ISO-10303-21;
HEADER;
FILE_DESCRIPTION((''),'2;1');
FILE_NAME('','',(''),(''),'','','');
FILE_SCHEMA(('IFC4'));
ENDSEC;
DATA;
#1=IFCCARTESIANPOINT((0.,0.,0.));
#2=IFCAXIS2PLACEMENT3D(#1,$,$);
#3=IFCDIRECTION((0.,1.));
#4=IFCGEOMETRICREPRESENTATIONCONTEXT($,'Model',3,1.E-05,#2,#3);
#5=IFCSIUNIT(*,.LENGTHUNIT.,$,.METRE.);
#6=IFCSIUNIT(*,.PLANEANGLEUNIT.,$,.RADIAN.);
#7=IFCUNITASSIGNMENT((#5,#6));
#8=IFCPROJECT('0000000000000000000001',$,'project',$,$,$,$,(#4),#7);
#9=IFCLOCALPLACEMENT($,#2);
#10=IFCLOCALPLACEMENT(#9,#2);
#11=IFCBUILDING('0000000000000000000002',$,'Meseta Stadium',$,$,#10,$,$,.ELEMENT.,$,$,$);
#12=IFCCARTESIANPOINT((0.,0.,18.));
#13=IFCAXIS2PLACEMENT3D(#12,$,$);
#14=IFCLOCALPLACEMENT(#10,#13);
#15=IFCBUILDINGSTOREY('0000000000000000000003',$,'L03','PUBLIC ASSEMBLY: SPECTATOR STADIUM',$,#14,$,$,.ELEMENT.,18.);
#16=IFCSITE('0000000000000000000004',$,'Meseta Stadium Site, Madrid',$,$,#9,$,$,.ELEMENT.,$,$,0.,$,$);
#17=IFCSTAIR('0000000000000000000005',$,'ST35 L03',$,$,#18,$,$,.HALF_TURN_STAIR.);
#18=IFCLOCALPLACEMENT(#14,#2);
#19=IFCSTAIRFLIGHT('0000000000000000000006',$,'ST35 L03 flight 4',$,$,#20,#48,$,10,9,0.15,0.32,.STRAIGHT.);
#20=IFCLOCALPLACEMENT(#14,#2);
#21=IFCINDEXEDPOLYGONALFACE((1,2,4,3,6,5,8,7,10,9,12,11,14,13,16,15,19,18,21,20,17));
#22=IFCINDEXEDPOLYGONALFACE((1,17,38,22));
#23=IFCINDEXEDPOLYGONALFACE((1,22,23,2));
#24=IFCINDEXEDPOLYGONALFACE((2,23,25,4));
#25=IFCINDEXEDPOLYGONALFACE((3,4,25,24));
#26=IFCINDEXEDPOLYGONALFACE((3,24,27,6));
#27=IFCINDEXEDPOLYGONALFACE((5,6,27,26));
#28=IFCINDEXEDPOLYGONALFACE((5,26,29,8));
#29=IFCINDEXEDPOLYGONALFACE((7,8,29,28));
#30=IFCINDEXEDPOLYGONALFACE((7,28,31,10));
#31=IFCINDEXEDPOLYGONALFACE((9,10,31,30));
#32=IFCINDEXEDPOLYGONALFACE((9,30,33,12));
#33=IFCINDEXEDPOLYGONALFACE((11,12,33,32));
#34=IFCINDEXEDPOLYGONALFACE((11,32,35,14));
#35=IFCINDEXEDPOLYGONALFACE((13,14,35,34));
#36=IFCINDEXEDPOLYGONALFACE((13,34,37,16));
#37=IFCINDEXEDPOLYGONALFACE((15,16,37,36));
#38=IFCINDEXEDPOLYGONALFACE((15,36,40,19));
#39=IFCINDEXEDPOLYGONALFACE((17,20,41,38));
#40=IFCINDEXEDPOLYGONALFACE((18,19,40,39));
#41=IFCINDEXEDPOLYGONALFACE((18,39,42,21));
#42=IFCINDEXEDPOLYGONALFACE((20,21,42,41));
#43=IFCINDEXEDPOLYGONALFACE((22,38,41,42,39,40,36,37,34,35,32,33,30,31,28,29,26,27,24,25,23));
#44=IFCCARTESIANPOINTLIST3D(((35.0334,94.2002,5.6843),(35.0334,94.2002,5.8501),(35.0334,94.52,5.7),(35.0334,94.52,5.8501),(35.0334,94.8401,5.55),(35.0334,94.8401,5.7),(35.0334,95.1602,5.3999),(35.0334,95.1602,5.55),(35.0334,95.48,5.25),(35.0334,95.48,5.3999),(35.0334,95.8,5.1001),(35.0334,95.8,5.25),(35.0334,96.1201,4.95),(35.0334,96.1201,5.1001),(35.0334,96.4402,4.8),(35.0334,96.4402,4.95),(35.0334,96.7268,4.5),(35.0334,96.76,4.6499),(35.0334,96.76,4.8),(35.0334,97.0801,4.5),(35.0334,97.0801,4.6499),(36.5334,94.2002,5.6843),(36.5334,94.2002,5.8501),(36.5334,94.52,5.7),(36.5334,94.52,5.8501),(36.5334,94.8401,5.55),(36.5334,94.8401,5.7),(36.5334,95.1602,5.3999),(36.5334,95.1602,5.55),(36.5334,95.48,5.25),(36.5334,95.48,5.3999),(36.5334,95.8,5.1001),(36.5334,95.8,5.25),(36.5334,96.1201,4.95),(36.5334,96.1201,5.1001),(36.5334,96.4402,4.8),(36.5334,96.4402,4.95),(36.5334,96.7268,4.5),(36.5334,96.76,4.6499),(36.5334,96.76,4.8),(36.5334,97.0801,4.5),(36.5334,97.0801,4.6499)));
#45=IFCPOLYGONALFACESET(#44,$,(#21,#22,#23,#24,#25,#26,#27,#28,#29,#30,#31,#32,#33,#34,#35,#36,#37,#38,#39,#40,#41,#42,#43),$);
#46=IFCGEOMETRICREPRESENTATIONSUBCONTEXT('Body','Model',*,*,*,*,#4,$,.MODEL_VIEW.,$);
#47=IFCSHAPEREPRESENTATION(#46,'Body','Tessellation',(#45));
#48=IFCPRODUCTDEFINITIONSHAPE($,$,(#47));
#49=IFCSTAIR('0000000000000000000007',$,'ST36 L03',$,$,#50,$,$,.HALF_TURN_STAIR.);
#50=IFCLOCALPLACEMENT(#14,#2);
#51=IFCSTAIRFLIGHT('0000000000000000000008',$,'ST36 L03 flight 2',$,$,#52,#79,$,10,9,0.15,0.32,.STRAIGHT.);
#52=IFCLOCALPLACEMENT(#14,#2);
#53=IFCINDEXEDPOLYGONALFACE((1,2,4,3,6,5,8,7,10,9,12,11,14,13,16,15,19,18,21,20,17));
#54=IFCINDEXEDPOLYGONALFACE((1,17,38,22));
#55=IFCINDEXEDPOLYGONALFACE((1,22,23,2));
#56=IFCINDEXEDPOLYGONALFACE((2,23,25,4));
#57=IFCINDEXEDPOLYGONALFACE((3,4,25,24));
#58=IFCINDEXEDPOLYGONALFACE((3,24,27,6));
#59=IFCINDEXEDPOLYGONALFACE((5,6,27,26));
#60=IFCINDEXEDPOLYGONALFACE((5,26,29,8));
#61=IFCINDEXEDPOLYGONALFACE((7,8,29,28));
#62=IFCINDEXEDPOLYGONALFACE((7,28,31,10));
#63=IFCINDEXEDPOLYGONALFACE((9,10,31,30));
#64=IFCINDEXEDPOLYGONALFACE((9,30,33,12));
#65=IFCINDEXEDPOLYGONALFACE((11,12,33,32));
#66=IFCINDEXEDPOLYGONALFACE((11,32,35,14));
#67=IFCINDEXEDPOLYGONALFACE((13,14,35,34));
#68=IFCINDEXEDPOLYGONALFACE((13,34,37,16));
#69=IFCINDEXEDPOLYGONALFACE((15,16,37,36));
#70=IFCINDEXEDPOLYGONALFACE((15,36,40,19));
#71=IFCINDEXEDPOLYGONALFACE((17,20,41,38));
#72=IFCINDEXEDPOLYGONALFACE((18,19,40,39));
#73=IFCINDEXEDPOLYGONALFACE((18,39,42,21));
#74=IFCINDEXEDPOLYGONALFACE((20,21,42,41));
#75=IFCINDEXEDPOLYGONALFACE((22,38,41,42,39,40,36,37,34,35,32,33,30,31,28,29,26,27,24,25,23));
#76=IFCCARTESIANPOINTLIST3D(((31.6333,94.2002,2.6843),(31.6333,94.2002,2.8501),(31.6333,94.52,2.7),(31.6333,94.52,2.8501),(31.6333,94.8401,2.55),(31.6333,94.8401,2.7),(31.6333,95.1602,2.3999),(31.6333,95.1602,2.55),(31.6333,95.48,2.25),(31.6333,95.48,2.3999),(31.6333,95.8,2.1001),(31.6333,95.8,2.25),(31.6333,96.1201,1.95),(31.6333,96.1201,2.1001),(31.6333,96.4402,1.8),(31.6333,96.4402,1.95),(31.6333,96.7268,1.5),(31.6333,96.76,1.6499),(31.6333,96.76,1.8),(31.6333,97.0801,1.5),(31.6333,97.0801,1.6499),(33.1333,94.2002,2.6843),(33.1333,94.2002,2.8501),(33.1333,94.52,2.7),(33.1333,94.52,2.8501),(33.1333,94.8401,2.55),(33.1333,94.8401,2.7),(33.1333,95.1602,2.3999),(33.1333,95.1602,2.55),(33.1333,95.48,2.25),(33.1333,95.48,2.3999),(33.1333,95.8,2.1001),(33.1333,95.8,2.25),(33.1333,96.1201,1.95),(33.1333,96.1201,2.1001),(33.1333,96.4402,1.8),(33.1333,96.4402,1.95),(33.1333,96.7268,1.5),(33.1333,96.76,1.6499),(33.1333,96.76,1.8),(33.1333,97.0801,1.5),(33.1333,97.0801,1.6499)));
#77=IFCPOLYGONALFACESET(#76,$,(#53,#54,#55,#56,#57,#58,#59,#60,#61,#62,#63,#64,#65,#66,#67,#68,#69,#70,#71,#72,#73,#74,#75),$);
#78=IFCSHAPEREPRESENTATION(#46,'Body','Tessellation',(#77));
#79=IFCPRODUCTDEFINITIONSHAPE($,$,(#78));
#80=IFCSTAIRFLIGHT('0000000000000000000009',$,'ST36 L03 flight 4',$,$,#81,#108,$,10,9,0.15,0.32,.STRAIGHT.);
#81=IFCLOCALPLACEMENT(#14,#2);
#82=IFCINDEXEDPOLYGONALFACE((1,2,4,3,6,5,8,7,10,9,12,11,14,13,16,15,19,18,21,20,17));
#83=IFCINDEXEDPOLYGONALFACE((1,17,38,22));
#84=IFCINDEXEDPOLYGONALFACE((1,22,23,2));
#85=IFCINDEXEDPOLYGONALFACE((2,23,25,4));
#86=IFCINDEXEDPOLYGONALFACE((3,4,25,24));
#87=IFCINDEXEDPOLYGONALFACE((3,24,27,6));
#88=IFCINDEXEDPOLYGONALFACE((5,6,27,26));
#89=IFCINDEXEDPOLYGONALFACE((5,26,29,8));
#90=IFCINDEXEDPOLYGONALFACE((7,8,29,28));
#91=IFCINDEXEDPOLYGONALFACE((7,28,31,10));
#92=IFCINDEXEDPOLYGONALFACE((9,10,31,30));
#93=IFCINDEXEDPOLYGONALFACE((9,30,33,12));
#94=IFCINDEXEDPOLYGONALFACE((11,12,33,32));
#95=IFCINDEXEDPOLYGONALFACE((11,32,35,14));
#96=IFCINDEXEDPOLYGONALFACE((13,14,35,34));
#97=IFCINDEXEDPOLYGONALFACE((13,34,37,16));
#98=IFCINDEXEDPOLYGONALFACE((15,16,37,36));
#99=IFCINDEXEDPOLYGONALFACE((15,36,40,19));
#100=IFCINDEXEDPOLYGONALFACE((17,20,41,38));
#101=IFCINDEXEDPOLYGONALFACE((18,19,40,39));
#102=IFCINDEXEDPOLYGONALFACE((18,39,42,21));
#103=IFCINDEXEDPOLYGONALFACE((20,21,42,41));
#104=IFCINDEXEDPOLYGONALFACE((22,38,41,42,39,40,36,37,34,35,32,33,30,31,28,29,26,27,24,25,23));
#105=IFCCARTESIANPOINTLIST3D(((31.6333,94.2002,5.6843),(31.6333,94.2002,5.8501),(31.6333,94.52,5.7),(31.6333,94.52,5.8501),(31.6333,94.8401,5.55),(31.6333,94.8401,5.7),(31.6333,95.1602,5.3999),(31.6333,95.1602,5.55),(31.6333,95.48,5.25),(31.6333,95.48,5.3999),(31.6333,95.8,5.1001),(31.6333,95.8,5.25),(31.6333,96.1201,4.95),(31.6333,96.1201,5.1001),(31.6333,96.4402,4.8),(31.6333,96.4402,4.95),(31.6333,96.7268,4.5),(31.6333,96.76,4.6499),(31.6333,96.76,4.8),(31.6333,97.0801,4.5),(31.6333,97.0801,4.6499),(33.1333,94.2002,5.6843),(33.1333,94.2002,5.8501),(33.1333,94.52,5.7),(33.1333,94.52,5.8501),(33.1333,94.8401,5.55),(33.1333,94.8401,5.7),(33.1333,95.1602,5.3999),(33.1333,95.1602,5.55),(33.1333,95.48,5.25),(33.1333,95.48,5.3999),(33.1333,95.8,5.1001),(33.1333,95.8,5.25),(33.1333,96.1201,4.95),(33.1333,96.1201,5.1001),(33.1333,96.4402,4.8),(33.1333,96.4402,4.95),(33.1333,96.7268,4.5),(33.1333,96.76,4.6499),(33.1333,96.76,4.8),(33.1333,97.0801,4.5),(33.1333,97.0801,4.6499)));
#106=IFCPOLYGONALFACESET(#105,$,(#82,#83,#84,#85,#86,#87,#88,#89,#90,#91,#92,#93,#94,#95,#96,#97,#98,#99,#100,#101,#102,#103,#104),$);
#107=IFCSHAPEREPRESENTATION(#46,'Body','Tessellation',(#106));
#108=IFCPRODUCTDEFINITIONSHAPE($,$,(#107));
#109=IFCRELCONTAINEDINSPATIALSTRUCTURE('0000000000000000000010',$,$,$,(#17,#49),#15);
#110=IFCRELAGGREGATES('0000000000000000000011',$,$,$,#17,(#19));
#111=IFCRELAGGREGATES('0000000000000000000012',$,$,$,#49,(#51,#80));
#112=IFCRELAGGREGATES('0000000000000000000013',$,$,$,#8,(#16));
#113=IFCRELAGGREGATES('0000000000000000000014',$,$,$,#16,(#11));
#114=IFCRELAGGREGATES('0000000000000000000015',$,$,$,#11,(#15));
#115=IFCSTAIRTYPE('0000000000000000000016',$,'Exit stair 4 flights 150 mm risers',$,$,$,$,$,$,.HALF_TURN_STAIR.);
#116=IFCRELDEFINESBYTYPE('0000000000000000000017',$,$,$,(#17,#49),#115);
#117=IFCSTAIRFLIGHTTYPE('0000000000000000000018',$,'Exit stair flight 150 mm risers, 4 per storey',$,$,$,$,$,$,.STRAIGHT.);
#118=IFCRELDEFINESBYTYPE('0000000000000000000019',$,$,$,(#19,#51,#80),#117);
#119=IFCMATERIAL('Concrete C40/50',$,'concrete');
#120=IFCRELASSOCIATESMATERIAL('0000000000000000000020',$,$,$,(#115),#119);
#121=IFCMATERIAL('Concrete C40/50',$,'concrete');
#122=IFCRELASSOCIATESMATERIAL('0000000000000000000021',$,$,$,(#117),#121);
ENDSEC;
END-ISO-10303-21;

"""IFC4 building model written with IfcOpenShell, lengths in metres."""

from ifc_helpers import new_model, si_unit, direction, frame, origin, place, context, subcontext, project, spatial, polyline, outline, extrude, material, type_object, element, aggregate, save


model = new_model("IFC4")

# Units and contexts
model_context = context("Model", 3, precision=1e-05, world=origin(), true_north=direction((0.0, 1.0)))
body_context = subcontext(model_context, "Body", "Model", "MODEL_VIEW")
ifc_project = project(units=[si_unit("LENGTHUNIT", "METRE"), si_unit("PLANEANGLEUNIT", "RADIAN")], contexts=[model_context])

# Site, building, storey
site_placement = place(None, origin())
site = spatial("IfcSite", under=ifc_project, at=site_placement, Name="Meseta Stadium Site, Madrid", CompositionType="ELEMENT", RefElevation=0.0)
building_placement = place(site_placement, origin())
building = spatial("IfcBuilding", under=site, at=building_placement, Name="Meseta Stadium", CompositionType="ELEMENT")
storey_placement = place(building_placement, frame((0.0, 0.0, 18.0)))
storey = spatial("IfcBuildingStorey", under=building, at=storey_placement, Name="L03", Description="PUBLIC ASSEMBLY: SPECTATOR STADIUM", CompositionType="ELEMENT", Elevation=18.0)

# Stairs, stair flights
ifc_material_1 = material(Name="Concrete C40/50", Category="concrete")
stair_type = type_object("IfcStairType", Name="Exit stair 4 flights 150 mm risers", PredefinedType="HALF_TURN_STAIR", material=ifc_material_1)
ifc_material_2 = material(Name="Concrete C40/50", Category="concrete")
stair_flight_type = type_object("IfcStairFlightType", Name="Exit stair flight 150 mm risers, 4 per storey", PredefinedType="STRAIGHT", material=ifc_material_2)
stair_1_placement = place(storey_placement, origin())
stair_1 = element("IfcStair", 1, at=stair_1_placement, inside=storey, type_object=stair_type, Name="ST35 L03", PredefinedType="HALF_TURN_STAIR")
stair_flight_1_placement = place(storey_placement, frame((35.7834, 97.0801, 4.5), z_axis=(0.0, 0.0, 1.0), x_axis=(0.0, -1.0, 0.0)))
stair_flight_1 = element("IfcStairFlight", 2, at=stair_flight_1_placement, type_object=stair_flight_type, Name="ST35 L03 flight 4", NumberOfRisers=10, NumberOfTreads=9, PredefinedType="STRAIGHT", RiserHeight=0.15, TreadLength=0.32, context=body_context, shape_type="SweptSolid", body=[
    extrude(outline(polyline([(0.0, 0.0), (0.0, 0.1499), (0.3201, 0.1499), (0.3201, 0.3), (0.6399, 0.3), (0.6399, 0.45), (0.96, 0.45), (0.96, 0.6001), (1.28, 0.6001), (1.28, 0.75), (1.6001, 0.75), (1.6001, 0.8999), (1.9199, 0.8999), (1.9199, 1.05), (2.24, 1.05), (2.24, 1.2), (2.5601, 1.2), (2.5601, 1.3501), (2.8799, 1.3501), (2.8799, 1.1843), (0.3533, 0.0), (0.0, 0.0)])), frame((0.0, 0.75, 0.0), z_axis=(0.0, -1.0, 0.0), x_axis=(1.0, 0.0, 0.0)), (0.0, 0.0, 1.0), 1.5),
])
aggregate(stair_1, [stair_flight_1])
stair_2_placement = place(storey_placement, origin())
stair_2 = element("IfcStair", 3, at=stair_2_placement, inside=storey, type_object=stair_type, Name="ST36 L03", PredefinedType="HALF_TURN_STAIR")
stair_flight_2_placement = place(storey_placement, frame((32.3833, 97.0801, 1.5), z_axis=(0.0, 0.0, 1.0), x_axis=(0.0, -1.0, 0.0)))
stair_flight_2 = element("IfcStairFlight", 4, at=stair_flight_2_placement, type_object=stair_flight_type, Name="ST36 L03 flight 2", NumberOfRisers=10, NumberOfTreads=9, PredefinedType="STRAIGHT", RiserHeight=0.15, TreadLength=0.32, context=body_context, shape_type="SweptSolid", body=[
    extrude(outline(polyline([(0.0, 0.0), (0.0, 0.1499), (0.3201, 0.1499), (0.3201, 0.3), (0.6399, 0.3), (0.6399, 0.45), (0.96, 0.45), (0.96, 0.6001), (1.28, 0.6001), (1.28, 0.75), (1.6001, 0.75), (1.6001, 0.8999), (1.9199, 0.8999), (1.9199, 1.05), (2.24, 1.05), (2.24, 1.2), (2.5601, 1.2), (2.5601, 1.3501), (2.8799, 1.3501), (2.8799, 1.1843), (0.3533, 0.0), (0.0, 0.0)])), frame((0.0, 0.75, 0.0), z_axis=(0.0, -1.0, 0.0), x_axis=(1.0, 0.0, 0.0)), (0.0, 0.0, 1.0), 1.5),
])
stair_flight_3_placement = place(storey_placement, frame((32.3833, 97.0801, 4.5), z_axis=(0.0, 0.0, 1.0), x_axis=(0.0, -1.0, 0.0)))
stair_flight_3 = element("IfcStairFlight", 5, at=stair_flight_3_placement, type_object=stair_flight_type, Name="ST36 L03 flight 4", NumberOfRisers=10, NumberOfTreads=9, PredefinedType="STRAIGHT", RiserHeight=0.15, TreadLength=0.32, context=body_context, shape_type="SweptSolid", body=[
    extrude(outline(polyline([(0.0, 0.0), (0.0, 0.1499), (0.3201, 0.1499), (0.3201, 0.3), (0.6399, 0.3), (0.6399, 0.45), (0.96, 0.45), (0.96, 0.6001), (1.28, 0.6001), (1.28, 0.75), (1.6001, 0.75), (1.6001, 0.8999), (1.9199, 0.8999), (1.9199, 1.05), (2.24, 1.05), (2.24, 1.2), (2.5601, 1.2), (2.5601, 1.3501), (2.8799, 1.3501), (2.8799, 1.1843), (0.3533, 0.0), (0.0, 0.0)])), frame((0.0, 0.75, 0.0), z_axis=(0.0, -1.0, 0.0), x_axis=(1.0, 0.0, 0.0)), (0.0, 0.0, 1.0), 1.5),
])
aggregate(stair_2, [stair_flight_2, stair_flight_3])

save(model, "model.ifc")
